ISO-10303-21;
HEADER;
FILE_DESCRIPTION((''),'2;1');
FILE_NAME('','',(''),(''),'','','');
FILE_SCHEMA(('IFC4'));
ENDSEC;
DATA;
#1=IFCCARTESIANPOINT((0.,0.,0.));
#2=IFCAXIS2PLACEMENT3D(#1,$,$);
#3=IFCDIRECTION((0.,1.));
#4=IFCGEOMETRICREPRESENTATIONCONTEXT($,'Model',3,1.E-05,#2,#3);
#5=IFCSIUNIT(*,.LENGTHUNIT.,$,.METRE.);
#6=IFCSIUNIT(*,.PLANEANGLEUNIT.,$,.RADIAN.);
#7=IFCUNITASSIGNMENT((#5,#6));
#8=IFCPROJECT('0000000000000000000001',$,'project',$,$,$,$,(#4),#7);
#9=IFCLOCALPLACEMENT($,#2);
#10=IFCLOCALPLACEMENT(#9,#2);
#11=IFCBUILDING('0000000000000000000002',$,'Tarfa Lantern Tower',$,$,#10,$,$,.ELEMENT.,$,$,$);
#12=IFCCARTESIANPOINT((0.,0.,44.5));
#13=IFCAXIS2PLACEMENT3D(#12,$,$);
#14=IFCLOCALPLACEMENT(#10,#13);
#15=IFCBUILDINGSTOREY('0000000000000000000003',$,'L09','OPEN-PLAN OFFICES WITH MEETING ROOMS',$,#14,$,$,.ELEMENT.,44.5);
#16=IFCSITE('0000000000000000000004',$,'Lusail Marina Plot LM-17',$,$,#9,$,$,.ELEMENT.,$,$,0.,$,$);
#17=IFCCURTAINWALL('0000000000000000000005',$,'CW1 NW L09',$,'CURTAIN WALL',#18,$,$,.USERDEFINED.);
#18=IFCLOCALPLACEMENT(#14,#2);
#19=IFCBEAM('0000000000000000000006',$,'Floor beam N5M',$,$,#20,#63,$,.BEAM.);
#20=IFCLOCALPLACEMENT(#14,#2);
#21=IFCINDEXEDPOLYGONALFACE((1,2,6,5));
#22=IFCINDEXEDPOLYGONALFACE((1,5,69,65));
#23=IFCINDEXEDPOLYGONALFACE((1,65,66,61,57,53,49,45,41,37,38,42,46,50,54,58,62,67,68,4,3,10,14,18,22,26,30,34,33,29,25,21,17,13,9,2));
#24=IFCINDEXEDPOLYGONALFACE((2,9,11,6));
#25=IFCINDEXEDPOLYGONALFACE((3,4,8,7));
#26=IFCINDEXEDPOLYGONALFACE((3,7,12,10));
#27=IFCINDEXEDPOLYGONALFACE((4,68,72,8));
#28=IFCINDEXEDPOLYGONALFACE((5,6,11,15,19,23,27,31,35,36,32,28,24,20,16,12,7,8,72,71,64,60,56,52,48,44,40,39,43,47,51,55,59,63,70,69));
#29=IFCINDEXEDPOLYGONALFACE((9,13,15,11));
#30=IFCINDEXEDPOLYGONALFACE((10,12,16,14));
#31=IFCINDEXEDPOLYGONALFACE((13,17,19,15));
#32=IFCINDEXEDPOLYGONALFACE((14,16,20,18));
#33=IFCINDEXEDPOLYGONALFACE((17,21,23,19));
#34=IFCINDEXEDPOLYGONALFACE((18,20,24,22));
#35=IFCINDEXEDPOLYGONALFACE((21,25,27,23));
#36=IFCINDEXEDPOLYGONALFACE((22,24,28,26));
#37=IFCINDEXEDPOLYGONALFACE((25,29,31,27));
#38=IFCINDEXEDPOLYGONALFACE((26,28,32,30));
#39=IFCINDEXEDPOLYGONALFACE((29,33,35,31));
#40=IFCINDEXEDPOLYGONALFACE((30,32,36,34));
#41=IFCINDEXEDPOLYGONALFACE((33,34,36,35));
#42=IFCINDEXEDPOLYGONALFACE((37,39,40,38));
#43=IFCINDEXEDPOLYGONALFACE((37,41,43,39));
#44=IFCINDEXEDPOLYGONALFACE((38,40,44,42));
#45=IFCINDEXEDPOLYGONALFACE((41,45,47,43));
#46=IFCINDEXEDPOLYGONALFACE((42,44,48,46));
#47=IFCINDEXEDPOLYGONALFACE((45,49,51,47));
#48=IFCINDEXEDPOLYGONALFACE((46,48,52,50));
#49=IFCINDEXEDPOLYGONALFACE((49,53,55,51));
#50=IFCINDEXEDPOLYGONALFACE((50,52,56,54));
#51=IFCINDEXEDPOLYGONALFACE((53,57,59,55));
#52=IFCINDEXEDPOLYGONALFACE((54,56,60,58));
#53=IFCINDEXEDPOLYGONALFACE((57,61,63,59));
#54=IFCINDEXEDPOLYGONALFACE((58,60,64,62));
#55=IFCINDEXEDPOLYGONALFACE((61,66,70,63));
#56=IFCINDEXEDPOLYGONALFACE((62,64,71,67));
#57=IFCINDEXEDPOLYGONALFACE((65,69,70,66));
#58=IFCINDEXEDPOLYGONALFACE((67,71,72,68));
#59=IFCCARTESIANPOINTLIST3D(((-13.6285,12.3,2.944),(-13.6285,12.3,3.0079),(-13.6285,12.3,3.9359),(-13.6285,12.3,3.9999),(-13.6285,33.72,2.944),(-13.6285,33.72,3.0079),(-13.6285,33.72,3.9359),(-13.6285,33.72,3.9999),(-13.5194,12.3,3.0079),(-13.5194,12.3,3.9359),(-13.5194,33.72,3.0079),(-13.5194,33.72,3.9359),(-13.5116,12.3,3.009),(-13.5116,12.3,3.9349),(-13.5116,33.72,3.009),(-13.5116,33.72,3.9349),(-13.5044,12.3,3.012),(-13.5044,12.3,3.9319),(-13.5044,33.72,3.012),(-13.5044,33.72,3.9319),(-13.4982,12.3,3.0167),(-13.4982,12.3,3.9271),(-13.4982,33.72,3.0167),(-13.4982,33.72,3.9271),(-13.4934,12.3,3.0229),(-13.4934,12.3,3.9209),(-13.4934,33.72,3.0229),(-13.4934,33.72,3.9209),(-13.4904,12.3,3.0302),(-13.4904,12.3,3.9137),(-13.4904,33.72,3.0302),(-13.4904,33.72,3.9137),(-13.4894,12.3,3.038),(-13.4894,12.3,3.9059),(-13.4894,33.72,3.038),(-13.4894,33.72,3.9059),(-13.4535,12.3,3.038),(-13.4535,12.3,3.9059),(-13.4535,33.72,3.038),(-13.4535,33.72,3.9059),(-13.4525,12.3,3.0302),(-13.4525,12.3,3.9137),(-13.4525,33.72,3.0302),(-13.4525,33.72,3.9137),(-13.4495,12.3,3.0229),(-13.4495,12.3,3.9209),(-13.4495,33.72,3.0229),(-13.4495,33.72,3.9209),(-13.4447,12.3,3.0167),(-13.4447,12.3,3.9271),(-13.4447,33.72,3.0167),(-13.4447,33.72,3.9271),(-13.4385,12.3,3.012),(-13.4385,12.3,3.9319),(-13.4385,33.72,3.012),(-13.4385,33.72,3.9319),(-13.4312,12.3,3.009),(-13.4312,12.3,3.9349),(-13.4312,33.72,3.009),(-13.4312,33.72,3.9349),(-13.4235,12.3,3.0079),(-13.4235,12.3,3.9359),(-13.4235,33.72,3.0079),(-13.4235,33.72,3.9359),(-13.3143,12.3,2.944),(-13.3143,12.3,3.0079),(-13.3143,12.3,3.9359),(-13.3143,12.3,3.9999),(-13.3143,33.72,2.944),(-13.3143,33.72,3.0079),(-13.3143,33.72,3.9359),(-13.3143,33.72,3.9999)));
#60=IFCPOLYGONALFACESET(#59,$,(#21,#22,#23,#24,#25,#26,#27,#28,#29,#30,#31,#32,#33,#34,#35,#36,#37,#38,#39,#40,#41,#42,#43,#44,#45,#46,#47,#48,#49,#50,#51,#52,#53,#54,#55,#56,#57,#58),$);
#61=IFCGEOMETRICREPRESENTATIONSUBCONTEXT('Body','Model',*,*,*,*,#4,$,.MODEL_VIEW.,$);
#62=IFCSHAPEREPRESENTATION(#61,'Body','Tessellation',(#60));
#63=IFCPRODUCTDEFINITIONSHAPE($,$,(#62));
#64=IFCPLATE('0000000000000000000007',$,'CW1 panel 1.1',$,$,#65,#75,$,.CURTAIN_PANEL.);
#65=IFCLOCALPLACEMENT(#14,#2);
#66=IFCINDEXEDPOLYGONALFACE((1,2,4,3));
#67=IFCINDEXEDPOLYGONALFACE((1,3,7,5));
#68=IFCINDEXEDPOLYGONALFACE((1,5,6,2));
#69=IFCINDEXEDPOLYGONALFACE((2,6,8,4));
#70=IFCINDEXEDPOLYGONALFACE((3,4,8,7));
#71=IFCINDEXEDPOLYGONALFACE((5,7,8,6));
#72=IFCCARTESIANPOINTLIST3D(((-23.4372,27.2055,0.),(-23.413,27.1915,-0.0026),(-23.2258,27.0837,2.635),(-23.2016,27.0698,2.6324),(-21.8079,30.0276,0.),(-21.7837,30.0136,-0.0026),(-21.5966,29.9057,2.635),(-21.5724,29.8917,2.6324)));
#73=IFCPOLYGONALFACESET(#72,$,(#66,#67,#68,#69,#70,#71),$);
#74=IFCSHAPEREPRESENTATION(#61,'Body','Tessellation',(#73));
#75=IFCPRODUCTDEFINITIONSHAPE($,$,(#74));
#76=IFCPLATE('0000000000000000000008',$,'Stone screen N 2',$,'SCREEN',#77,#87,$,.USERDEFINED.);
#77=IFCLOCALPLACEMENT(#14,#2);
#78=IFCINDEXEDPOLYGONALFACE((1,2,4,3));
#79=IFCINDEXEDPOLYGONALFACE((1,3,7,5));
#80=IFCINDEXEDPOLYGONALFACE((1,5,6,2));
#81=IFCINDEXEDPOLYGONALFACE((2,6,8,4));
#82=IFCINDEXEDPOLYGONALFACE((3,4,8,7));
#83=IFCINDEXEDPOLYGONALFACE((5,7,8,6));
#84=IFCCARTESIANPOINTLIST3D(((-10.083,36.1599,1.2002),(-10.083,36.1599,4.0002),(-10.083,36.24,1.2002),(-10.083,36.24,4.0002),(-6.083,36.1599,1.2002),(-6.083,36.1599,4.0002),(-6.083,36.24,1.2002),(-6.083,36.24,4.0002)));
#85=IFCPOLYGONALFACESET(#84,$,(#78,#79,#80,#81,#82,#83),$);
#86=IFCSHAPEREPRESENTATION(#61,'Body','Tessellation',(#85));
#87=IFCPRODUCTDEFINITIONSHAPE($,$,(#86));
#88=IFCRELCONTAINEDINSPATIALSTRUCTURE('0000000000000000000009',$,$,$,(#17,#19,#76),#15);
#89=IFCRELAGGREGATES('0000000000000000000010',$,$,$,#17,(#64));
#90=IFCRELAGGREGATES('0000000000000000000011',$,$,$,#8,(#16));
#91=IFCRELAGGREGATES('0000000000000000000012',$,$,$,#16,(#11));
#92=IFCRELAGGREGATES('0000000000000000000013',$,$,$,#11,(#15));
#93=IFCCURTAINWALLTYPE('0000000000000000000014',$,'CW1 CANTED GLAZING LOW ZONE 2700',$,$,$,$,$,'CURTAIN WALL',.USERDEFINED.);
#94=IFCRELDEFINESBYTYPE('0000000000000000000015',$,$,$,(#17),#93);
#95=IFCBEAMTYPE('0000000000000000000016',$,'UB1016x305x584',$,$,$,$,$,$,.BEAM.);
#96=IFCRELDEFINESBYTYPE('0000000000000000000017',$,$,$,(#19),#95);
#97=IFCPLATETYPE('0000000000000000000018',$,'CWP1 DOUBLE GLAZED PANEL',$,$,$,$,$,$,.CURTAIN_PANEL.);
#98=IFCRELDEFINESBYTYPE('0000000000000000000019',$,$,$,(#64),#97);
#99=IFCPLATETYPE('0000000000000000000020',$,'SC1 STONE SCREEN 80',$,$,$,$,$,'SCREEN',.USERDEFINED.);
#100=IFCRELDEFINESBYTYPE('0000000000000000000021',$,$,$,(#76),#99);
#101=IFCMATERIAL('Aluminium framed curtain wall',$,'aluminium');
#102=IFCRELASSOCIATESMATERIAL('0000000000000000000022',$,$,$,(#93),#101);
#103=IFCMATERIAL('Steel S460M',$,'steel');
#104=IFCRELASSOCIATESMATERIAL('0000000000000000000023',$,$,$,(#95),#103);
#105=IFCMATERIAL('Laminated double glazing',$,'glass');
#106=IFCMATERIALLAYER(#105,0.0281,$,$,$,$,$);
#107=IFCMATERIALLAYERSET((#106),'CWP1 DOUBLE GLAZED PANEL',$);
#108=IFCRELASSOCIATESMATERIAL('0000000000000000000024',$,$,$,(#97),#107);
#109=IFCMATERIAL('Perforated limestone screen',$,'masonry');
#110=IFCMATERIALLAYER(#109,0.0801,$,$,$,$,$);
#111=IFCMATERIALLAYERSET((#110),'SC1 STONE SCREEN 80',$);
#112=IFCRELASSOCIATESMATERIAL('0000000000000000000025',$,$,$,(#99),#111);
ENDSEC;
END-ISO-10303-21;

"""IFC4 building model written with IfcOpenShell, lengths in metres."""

from ifc_helpers import new_model, si_unit, direction, frame, origin, origin_2d, place, context, subcontext, project, spatial, polyline, rectangle, i_section, outline, extrude, material, layer, layer_set, material_profile, profile_set, type_object, element, aggregate, save


model = new_model("IFC4")

# Units and contexts
model_context = context("Model", 3, precision=1e-05, world=origin(), true_north=direction((0.0, 1.0)))
body_context = subcontext(model_context, "Body", "Model", "MODEL_VIEW")
ifc_project = project(units=[si_unit("LENGTHUNIT", "METRE"), si_unit("PLANEANGLEUNIT", "RADIAN")], contexts=[model_context])

# Site, building, storey
site_placement = place(None, origin())
site = spatial("IfcSite", under=ifc_project, at=site_placement, Name="Lusail Marina Plot LM-17", CompositionType="ELEMENT", RefElevation=0.0)
building_placement = place(site_placement, origin())
building = spatial("IfcBuilding", under=site, at=building_placement, Name="Tarfa Lantern Tower", CompositionType="ELEMENT")
storey_placement = place(building_placement, frame((0.0, 0.0, 44.5)))
storey = spatial("IfcBuildingStorey", under=building, at=storey_placement, Name="L09", Description="OPEN-PLAN OFFICES WITH MEETING ROOMS", CompositionType="ELEMENT", Elevation=44.5)

# Curtain wall
ifc_material_1 = material(Name="Aluminium framed curtain wall", Category="aluminium")
curtain_wall_type = type_object("IfcCurtainWallType", Name="CW1 CANTED GLAZING LOW ZONE 2700", ElementType="CURTAIN WALL", PredefinedType="USERDEFINED", material=ifc_material_1)
curtain_wall_placement = place(storey_placement, origin())
curtain_wall = element("IfcCurtainWall", 1, at=curtain_wall_placement, inside=storey, type_object=curtain_wall_type, Name="CW1 NW L09", ObjectType="CURTAIN WALL", PredefinedType="USERDEFINED")

# Beam
ifc_material_2 = material(Name="Steel S460M", Category="steel")
ifc_material_profile_1 = material_profile(ifc_material_2, i_section(OverallWidth=0.3142, OverallDepth=1.0559, WebThickness=0.0359, FlangeThickness=0.064, FilletRadius=0.03, at=origin_2d()), Name="UB1016x305x584")
ifc_profile_set_1 = profile_set([ifc_material_profile_1], Name="Steel S460M")
beam_type_1 = type_object("IfcBeamType", Name="UB1016x305x584", PredefinedType="BEAM", material=ifc_profile_set_1)
for number, where, z_axis, x_axis, name in (
    (2, (-13.4714, 33.72, 3.4719), (0.0, -1.0, 0.0), (1.0, 0.0, 0.0), "Floor beam N5M"),
):
    element("IfcBeam", number, at=place(storey_placement, frame(where, z_axis=z_axis, x_axis=x_axis)), inside=storey, type_object=beam_type_1, Name=name, PredefinedType="BEAM", context=body_context, shape_type="SweptSolid", body=[
        extrude(i_section(OverallWidth=0.3142, OverallDepth=1.0559, WebThickness=0.0359, FlangeThickness=0.064, FilletRadius=0.03, at=origin_2d()), origin(), (0.0, 0.0, 1.0), 21.4199),
    ])

# Plates
ifc_material_3 = material(Name="Laminated double glazing", Category="glass")
ifc_layer_1 = layer(ifc_material_3, 0.0281)
ifc_layer_set_1 = layer_set([ifc_layer_1], Name="CWP1 DOUBLE GLAZED PANEL")
plate_type_1 = type_object("IfcPlateType", Name="CWP1 DOUBLE GLAZED PANEL", PredefinedType="CURTAIN_PANEL", material=ifc_layer_set_1)
plate_1_placement = place(storey_placement, frame((-21.8079, 30.0276, 0.0), z_axis=(-0.862342, 0.497867, 0.09217), x_axis=(-0.499995, -0.866028, -0.000003)))
plate_1 = element("IfcPlate", 3, at=plate_1_placement, type_object=plate_type_1, Name="CW1 panel 1.1", PredefinedType="CURTAIN_PANEL", context=body_context, shape_type="SweptSolid", body=[
    extrude(outline(polyline([(0.0, 0.0), (3.2586, 0.0), (3.2584, 2.6463), (-0.0001, 2.6463), (0.0, 0.0)])), origin(), (0.0, 0.0, -1.0), 0.0281),
])
aggregate(curtain_wall, [plate_1])
ifc_material_4 = material(Name="Perforated limestone screen", Category="masonry")
ifc_layer_2 = layer(ifc_material_4, 0.0801)
ifc_layer_set_2 = layer_set([ifc_layer_2], Name="SC1 STONE SCREEN 80")
plate_type_2 = type_object("IfcPlateType", Name="SC1 STONE SCREEN 80", ElementType="SCREEN", PredefinedType="USERDEFINED", material=ifc_layer_set_2)
plate_2_placement = place(storey_placement, frame((-8.083, 36.2, 1.2002), z_axis=(0.0, 0.0, 1.0), x_axis=(-1.0, 0.0, 0.0)))
element("IfcPlate", 4, at=plate_2_placement, inside=storey, type_object=plate_type_2, Name="Stone screen N 2", ObjectType="SCREEN", PredefinedType="USERDEFINED", context=body_context, shape_type="SweptSolid", body=[
    extrude(rectangle(XDim=4.0, YDim=0.0801, at=origin_2d()), origin(), (0.0, 0.0, 1.0), 2.8),
])

save(model, "model.ifc")
